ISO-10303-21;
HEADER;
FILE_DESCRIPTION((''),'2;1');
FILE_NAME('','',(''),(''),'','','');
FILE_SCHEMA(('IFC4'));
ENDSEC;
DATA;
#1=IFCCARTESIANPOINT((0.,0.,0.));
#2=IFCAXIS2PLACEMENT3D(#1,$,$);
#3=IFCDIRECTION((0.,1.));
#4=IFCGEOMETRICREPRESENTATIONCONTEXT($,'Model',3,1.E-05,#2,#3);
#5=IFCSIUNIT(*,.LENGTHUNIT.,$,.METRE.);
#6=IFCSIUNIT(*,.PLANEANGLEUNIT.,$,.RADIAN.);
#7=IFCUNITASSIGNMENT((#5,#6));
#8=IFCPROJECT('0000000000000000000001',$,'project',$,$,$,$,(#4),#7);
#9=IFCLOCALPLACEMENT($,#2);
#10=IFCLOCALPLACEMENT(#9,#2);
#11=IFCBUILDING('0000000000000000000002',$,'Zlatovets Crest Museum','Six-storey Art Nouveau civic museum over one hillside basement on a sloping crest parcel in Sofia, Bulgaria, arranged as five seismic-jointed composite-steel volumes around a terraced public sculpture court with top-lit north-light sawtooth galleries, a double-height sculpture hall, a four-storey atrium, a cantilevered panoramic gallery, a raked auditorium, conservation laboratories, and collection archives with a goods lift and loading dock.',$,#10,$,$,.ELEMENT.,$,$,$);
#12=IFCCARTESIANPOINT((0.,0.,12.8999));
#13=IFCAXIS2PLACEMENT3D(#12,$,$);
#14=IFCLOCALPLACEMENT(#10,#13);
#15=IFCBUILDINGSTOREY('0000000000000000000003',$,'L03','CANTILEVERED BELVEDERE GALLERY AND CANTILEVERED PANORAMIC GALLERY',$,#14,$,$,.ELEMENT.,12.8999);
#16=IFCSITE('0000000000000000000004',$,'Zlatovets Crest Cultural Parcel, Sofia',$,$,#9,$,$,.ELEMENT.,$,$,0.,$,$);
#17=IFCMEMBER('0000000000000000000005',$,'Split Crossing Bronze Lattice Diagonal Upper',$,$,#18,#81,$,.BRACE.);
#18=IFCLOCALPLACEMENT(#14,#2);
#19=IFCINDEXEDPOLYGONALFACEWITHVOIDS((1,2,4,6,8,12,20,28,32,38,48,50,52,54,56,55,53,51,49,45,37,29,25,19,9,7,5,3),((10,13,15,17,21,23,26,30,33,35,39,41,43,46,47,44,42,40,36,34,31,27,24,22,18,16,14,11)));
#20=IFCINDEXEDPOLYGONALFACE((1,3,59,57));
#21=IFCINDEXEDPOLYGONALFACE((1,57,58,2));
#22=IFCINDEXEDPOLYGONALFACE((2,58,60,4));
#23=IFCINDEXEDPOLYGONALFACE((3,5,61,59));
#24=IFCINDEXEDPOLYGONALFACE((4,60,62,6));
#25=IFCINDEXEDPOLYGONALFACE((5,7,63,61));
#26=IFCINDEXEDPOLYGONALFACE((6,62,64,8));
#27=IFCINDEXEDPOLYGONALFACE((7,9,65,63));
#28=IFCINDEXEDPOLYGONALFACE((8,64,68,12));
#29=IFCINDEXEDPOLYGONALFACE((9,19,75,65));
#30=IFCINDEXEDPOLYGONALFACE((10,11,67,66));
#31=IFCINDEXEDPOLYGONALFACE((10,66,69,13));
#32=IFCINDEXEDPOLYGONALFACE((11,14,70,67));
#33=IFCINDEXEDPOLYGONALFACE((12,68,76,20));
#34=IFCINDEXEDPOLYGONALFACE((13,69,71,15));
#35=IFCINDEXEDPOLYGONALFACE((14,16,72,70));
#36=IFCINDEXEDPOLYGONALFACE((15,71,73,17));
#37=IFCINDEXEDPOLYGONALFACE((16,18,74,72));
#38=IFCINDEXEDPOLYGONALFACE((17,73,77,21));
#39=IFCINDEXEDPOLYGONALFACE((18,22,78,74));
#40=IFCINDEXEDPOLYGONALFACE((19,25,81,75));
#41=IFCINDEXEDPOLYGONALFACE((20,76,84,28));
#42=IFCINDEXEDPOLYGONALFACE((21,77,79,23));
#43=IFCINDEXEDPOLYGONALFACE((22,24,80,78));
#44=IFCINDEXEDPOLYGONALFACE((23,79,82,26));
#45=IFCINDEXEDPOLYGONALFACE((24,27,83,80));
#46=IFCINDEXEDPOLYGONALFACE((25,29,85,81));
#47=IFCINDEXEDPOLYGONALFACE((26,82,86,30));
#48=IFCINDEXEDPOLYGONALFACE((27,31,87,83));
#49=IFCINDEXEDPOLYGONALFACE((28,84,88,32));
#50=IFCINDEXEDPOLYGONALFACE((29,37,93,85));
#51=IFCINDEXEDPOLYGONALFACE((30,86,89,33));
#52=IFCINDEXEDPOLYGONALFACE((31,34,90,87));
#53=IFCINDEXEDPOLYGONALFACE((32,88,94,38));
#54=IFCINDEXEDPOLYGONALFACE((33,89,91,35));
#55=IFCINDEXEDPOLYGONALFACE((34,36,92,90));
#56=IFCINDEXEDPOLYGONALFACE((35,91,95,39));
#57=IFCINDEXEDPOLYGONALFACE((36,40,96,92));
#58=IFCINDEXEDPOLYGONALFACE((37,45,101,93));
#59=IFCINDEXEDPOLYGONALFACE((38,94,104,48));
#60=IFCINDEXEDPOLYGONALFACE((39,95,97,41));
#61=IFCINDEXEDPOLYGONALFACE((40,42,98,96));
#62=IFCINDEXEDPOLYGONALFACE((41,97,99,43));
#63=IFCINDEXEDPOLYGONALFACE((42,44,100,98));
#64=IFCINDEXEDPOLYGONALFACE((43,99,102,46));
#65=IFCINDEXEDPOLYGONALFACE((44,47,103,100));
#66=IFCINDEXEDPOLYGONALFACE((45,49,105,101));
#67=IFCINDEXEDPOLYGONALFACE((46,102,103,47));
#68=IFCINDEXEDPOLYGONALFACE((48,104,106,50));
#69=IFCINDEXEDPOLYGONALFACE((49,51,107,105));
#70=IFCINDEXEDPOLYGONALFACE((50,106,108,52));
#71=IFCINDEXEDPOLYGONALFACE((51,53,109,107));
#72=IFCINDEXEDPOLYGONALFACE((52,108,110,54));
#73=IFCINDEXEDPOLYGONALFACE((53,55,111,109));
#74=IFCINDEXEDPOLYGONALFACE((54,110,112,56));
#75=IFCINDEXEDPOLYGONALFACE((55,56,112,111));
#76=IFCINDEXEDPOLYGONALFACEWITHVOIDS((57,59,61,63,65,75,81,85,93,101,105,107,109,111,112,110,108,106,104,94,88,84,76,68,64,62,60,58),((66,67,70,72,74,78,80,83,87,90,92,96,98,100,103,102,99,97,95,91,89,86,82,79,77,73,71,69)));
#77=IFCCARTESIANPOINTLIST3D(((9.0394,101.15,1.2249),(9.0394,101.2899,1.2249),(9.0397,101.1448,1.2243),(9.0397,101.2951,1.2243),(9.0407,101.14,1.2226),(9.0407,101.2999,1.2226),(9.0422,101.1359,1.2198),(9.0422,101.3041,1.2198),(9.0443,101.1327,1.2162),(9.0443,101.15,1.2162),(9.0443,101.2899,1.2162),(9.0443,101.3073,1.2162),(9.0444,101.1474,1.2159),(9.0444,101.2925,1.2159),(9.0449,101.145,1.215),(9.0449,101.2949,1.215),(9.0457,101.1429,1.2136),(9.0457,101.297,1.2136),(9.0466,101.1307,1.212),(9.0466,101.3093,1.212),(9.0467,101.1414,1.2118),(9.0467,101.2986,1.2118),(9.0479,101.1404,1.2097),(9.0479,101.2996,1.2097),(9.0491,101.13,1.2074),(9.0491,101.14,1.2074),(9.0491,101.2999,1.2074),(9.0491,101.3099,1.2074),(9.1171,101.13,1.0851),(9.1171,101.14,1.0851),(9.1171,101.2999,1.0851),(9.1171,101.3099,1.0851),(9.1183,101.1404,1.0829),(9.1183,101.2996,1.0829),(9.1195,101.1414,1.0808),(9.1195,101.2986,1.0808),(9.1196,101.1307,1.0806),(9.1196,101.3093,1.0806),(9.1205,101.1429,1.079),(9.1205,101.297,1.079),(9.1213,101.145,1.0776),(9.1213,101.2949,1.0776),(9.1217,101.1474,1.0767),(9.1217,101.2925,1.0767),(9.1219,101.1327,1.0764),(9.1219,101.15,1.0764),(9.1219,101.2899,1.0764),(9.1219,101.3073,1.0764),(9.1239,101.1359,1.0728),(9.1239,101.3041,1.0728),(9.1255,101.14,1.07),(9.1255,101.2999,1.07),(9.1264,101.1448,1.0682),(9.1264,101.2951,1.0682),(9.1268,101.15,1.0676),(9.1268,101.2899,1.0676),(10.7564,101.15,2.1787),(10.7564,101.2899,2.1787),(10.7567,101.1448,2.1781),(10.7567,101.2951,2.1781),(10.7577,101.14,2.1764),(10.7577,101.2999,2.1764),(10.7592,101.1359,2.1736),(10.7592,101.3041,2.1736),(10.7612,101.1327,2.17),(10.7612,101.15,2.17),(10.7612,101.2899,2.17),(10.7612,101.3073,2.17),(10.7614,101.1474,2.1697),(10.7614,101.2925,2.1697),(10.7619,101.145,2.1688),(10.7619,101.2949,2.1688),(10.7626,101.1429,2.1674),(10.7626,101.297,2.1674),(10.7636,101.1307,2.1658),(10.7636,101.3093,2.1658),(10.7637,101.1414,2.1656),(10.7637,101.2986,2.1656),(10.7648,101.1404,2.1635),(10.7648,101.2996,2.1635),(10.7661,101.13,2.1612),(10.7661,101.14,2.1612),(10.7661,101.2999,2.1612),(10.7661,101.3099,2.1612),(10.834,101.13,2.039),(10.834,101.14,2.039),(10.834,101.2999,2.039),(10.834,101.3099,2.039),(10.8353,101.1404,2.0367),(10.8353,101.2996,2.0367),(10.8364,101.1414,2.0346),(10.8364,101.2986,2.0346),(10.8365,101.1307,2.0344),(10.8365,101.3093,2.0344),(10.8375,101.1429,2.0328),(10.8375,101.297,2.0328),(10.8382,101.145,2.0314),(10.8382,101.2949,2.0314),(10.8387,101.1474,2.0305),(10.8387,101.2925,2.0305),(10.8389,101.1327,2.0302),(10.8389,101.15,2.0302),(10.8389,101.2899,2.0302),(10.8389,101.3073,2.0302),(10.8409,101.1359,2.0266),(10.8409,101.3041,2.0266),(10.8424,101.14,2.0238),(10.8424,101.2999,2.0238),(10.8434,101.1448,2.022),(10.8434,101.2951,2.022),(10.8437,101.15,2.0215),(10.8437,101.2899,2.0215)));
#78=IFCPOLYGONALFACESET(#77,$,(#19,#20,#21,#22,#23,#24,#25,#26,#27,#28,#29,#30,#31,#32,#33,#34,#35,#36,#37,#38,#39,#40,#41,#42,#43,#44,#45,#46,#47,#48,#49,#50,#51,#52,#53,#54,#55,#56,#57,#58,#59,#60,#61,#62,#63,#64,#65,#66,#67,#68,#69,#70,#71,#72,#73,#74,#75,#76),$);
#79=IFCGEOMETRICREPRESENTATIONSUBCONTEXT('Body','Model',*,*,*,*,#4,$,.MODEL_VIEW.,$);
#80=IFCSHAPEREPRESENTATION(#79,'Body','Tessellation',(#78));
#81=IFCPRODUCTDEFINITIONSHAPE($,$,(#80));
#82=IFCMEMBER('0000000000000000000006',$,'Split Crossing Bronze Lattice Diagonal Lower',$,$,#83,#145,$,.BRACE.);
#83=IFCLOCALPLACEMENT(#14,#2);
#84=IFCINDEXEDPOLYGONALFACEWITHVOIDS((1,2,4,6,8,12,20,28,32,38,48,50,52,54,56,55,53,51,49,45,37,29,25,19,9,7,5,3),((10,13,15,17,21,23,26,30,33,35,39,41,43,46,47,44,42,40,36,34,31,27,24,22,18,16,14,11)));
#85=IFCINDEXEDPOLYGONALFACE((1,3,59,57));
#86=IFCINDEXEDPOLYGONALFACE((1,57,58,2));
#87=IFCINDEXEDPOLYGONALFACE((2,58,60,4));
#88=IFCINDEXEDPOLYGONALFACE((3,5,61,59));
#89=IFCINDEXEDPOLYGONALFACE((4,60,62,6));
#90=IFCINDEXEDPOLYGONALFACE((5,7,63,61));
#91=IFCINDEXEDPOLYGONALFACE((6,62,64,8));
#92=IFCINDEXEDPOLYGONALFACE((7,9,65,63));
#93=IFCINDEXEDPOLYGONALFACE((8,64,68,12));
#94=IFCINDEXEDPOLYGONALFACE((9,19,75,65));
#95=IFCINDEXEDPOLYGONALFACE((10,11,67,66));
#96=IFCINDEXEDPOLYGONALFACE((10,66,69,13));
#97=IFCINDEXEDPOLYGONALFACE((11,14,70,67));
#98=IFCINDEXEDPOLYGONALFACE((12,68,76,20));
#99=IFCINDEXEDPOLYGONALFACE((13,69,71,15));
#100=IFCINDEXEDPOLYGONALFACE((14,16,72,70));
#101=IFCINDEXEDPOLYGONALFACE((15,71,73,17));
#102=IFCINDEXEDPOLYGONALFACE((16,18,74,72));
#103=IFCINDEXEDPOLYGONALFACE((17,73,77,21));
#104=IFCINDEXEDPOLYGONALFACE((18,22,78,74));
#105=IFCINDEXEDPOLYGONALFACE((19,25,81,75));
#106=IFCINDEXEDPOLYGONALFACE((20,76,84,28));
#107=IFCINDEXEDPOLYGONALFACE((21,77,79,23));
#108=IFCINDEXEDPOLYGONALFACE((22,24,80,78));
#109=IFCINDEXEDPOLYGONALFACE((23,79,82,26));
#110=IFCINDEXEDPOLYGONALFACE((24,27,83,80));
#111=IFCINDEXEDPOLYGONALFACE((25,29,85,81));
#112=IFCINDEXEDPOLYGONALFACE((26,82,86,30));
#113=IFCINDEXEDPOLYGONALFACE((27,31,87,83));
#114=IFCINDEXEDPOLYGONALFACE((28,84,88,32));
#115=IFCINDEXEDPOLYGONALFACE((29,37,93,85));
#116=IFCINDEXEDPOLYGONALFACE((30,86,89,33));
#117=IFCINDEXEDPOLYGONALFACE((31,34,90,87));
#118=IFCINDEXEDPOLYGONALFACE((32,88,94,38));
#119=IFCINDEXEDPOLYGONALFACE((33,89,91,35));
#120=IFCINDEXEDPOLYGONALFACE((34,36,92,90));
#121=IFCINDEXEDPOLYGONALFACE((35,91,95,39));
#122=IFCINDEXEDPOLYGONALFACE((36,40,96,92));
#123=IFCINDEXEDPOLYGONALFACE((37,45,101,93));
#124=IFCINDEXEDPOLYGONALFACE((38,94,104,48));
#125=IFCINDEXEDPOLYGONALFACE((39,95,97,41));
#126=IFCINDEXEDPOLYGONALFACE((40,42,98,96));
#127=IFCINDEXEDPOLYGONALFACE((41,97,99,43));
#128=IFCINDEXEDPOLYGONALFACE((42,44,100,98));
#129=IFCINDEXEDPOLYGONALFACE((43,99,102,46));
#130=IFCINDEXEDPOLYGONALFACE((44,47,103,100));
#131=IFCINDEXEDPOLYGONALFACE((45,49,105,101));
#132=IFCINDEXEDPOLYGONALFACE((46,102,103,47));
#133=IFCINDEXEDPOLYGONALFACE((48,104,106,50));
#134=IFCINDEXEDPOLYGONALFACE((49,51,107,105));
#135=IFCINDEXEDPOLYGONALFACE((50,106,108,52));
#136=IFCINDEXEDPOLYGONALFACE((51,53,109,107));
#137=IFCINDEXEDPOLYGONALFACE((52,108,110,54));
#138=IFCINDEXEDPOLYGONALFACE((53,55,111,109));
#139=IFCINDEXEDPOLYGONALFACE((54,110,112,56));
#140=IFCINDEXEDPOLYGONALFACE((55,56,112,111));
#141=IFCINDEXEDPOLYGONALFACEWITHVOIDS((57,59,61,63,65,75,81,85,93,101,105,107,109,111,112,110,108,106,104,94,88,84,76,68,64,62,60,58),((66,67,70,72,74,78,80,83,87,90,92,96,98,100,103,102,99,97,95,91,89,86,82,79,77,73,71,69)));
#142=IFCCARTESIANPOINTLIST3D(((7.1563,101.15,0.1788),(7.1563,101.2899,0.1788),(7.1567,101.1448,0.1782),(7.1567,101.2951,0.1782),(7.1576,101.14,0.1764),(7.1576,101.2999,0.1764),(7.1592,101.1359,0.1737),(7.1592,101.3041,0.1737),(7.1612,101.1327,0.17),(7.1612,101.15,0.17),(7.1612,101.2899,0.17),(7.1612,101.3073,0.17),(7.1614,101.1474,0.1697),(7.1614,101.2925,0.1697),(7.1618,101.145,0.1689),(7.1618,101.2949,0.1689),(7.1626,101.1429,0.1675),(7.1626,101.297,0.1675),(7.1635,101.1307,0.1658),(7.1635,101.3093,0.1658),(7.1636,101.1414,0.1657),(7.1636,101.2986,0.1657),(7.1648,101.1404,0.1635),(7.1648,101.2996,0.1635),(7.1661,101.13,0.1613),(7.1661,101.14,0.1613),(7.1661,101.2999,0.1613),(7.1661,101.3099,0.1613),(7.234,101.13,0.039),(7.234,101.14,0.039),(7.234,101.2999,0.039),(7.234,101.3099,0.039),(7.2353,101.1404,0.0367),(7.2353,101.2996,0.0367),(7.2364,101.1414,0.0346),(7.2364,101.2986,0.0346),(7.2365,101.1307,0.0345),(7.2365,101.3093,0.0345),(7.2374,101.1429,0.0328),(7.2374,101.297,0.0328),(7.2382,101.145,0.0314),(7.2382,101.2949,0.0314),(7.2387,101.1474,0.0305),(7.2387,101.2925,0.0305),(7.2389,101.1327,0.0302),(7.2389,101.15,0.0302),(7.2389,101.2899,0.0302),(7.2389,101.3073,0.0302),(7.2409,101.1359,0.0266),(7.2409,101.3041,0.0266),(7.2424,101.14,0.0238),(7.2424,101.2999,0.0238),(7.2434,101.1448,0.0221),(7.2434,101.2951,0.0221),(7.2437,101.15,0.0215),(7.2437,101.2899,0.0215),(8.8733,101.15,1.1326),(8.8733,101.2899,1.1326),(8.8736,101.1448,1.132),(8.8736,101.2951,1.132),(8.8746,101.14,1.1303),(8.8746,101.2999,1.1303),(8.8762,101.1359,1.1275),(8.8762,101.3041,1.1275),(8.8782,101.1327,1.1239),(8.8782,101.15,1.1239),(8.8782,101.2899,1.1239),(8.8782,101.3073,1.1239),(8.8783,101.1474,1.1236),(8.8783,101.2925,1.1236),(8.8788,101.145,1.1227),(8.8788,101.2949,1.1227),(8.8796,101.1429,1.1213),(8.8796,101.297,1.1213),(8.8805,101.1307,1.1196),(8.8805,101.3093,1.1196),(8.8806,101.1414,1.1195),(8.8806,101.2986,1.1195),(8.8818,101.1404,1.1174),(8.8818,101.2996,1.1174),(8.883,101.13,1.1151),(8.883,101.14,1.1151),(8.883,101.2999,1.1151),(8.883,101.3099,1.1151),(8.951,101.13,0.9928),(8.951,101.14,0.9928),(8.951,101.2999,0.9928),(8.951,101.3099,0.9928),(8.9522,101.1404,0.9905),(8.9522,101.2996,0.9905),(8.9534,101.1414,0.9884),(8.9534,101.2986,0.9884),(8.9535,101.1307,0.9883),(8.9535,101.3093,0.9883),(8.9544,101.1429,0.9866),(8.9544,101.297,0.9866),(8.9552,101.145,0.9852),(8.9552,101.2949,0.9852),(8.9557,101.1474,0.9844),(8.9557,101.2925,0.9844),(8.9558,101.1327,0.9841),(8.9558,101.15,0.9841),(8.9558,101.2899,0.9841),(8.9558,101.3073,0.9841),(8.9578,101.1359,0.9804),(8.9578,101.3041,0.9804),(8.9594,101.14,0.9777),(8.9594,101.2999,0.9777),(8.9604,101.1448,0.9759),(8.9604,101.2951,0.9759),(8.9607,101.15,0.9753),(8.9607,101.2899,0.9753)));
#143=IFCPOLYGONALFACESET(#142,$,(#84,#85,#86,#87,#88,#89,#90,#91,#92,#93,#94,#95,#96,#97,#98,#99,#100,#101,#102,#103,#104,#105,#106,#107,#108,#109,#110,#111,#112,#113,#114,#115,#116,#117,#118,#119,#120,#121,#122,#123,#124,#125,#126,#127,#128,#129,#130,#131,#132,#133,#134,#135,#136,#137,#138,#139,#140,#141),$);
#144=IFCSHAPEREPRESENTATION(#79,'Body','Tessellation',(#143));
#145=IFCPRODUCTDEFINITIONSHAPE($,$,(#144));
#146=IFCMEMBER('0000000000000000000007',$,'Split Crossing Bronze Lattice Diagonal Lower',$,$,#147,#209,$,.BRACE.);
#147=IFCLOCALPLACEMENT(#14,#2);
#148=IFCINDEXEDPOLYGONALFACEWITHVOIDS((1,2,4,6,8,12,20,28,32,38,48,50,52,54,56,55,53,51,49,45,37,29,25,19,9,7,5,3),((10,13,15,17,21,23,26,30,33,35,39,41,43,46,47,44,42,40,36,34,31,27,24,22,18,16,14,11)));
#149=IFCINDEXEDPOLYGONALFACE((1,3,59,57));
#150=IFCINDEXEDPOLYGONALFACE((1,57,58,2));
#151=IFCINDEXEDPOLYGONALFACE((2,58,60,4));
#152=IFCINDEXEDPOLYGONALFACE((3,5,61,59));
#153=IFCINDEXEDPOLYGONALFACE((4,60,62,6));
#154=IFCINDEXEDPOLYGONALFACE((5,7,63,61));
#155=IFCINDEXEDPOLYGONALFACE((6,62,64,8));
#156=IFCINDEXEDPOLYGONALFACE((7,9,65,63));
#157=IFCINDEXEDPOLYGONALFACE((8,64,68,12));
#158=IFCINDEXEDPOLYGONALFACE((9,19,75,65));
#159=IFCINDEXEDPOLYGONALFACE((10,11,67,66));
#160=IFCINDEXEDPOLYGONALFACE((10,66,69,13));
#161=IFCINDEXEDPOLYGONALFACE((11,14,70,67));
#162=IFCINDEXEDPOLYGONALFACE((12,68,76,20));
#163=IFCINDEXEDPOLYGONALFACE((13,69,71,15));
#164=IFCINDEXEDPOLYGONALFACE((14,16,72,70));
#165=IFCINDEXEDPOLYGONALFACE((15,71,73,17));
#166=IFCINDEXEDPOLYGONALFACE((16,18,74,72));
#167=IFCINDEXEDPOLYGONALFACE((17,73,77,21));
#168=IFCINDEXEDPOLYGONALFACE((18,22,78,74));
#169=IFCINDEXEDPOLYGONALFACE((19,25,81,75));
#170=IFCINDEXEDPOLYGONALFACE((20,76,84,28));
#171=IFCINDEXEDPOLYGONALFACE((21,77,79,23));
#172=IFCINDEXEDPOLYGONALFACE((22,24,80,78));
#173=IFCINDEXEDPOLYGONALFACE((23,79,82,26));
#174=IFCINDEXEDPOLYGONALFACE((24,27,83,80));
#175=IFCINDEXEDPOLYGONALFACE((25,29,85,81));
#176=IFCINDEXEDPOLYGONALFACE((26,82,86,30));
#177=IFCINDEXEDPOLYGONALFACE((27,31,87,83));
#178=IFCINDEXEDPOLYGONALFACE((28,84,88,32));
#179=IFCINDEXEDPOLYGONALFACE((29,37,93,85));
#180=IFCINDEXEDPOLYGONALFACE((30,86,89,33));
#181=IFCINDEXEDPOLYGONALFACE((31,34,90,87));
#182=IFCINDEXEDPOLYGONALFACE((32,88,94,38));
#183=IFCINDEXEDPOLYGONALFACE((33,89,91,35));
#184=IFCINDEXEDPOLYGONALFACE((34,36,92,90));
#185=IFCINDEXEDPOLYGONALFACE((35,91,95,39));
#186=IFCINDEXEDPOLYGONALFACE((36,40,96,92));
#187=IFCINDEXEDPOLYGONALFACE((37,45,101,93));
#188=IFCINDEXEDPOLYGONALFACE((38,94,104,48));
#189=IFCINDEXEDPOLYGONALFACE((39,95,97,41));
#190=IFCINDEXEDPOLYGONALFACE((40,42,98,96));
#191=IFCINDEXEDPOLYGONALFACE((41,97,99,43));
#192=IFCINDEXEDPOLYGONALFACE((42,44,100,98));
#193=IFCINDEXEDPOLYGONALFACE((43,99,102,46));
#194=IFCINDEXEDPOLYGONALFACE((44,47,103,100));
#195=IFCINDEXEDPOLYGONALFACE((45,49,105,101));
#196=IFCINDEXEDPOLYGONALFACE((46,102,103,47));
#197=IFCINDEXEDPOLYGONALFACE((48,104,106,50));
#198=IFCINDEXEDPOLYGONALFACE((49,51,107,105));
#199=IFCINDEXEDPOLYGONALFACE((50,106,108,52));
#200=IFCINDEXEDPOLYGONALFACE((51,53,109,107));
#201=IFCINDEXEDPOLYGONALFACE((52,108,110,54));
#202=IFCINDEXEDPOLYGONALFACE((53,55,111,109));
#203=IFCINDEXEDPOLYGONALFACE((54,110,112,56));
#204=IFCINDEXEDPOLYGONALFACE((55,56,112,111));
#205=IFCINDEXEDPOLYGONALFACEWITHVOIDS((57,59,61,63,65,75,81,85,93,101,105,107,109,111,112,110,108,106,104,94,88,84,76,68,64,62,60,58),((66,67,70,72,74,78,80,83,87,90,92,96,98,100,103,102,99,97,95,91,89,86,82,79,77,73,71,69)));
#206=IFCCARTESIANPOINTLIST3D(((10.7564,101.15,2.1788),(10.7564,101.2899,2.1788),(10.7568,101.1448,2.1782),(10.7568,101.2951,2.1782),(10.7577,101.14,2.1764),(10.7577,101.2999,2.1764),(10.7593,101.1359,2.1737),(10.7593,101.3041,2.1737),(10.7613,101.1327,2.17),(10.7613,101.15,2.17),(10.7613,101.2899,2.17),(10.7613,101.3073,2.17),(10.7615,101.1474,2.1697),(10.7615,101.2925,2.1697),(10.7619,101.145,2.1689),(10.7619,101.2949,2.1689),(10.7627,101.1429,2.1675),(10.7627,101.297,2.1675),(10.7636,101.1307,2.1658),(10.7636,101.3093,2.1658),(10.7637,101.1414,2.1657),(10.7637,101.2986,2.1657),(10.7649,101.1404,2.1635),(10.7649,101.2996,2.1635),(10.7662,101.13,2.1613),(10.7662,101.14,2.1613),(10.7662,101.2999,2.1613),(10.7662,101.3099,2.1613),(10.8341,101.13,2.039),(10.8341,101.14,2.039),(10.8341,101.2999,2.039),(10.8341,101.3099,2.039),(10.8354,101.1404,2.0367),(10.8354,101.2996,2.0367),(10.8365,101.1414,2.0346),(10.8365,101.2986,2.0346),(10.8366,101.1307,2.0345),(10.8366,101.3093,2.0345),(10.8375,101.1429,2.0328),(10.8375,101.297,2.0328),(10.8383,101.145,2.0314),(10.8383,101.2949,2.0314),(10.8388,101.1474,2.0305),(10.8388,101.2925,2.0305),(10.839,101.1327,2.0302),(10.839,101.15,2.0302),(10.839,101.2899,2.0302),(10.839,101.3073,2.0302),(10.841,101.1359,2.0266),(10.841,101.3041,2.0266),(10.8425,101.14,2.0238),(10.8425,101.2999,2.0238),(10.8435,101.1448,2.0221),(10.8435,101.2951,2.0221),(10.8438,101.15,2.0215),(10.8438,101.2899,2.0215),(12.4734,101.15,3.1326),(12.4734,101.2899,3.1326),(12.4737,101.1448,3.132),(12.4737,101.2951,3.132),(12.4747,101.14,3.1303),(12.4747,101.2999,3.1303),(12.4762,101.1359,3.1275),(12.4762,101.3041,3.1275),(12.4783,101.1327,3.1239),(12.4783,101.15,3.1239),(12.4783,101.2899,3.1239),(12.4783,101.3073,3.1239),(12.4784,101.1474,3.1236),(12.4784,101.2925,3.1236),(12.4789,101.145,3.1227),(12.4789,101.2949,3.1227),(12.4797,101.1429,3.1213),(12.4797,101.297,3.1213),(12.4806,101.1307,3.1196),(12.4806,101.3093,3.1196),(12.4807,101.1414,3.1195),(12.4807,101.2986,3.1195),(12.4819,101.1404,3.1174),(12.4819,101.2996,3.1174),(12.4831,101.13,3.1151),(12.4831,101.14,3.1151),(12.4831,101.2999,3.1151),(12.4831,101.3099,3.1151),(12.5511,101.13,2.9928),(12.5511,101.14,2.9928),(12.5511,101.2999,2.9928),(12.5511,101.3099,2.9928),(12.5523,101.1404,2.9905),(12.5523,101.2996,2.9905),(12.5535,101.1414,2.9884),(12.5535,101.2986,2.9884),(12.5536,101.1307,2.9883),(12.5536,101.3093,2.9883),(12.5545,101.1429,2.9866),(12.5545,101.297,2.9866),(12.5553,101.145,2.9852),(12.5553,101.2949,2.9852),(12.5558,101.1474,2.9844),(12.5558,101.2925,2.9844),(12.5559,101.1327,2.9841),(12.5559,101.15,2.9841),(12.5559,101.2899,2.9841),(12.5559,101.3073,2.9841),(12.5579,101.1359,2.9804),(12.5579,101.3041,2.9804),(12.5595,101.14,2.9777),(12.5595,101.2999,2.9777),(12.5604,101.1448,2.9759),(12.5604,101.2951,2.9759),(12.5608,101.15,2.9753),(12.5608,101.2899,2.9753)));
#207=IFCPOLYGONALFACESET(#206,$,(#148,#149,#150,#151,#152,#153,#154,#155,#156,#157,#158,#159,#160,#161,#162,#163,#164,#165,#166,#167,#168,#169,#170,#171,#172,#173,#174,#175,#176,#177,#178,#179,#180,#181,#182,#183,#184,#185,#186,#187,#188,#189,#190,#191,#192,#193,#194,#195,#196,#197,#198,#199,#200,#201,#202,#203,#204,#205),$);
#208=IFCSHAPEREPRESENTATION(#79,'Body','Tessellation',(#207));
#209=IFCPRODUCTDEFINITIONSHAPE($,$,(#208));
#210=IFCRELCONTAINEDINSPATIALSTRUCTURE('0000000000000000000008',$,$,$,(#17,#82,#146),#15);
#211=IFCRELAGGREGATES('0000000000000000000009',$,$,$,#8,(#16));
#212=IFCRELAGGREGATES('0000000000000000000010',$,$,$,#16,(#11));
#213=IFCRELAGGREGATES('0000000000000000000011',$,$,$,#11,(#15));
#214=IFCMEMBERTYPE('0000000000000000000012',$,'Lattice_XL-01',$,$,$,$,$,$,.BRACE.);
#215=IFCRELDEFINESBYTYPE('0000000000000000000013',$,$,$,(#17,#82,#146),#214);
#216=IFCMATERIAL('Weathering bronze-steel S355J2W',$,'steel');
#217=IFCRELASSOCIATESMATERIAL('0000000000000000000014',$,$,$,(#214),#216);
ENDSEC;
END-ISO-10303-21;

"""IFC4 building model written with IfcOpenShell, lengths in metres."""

from ifc_helpers import new_model, si_unit, direction, frame, origin, origin_2d, place, context, subcontext, project, spatial, hollow_rectangle, extrude, material, material_profile, profile_set, type_object, element, save


model = new_model("IFC4")

# Units and contexts
model_context = context("Model", 3, precision=1e-05, world=origin(), true_north=direction((0.0, 1.0)))
body_context = subcontext(model_context, "Body", "Model", "MODEL_VIEW")
ifc_project = project(units=[si_unit("LENGTHUNIT", "METRE"), si_unit("PLANEANGLEUNIT", "RADIAN")], contexts=[model_context])

# Site, building, storey
site_placement = place(None, origin())
site = spatial("IfcSite", under=ifc_project, at=site_placement, Name="Zlatovets Crest Cultural Parcel, Sofia", CompositionType="ELEMENT", RefElevation=0.0)
building_placement = place(site_placement, origin())
building = spatial("IfcBuilding", under=site, at=building_placement, Name="Zlatovets Crest Museum", Description="Six-storey Art Nouveau civic museum over one hillside basement on a sloping crest parcel in Sofia, Bulgaria, arranged as five seismic-jointed composite-steel volumes around a terraced public sculpture court with top-lit north-light sawtooth galleries, a double-height sculpture hall, a four-storey atrium, a cantilevered panoramic gallery, a raked auditorium, conservation laboratories, and collection archives with a goods lift and loading dock.", CompositionType="ELEMENT")
storey_placement = place(building_placement, frame((0.0, 0.0, 12.8999)))
storey = spatial("IfcBuildingStorey", under=building, at=storey_placement, Name="L03", Description="CANTILEVERED BELVEDERE GALLERY AND CANTILEVERED PANORAMIC GALLERY", CompositionType="ELEMENT", Elevation=12.8999)

# Members
ifc_material_1 = material(Name="Weathering bronze-steel S355J2W", Category="steel")
ifc_material_profile_1 = material_profile(ifc_material_1, hollow_rectangle(XDim=0.1799, YDim=0.1799, WallThickness=0.01, InnerFilletRadius=0.01, OuterFilletRadius=0.02, at=origin_2d()), Name="SHS 180x180x10.0")
ifc_profile_set_1 = profile_set([ifc_material_profile_1], Name="Weathering bronze-steel S355J2W")
member_type = type_object("IfcMemberType", Name="Lattice_XL-01", PredefinedType="BRACE", material=ifc_profile_set_1)
for number, where, z_axis, x_axis, name in (
    (1, (10.8, 101.22, 2.1001), (-0.874169, 0.0, -0.485622), (0.0, -1.0, 0.0), "Split Crossing Bronze Lattice Diagonal Upper"),
    (2, (8.917, 101.22, 1.054), (-0.874169, 0.0, -0.485622), (0.0, -1.0, 0.0), "Split Crossing Bronze Lattice Diagonal Lower"),
    (3, (12.5171, 101.22, 3.054), (-0.874169, 0.0, -0.485622), (0.0, -1.0, 0.0), "Split Crossing Bronze Lattice Diagonal Lower"),
):
    element("IfcMember", number, at=place(storey_placement, frame(where, z_axis=z_axis, x_axis=x_axis)), inside=storey, type_object=member_type, Name=name, PredefinedType="BRACE", context=body_context, shape_type="SweptSolid", body=[
        extrude(hollow_rectangle(XDim=0.1799, YDim=0.1799, WallThickness=0.01, InnerFilletRadius=0.01, OuterFilletRadius=0.02, at=origin_2d()), origin(), (0.0, 0.0, 1.0), 1.9641),
    ])

save(model, "model.ifc")
